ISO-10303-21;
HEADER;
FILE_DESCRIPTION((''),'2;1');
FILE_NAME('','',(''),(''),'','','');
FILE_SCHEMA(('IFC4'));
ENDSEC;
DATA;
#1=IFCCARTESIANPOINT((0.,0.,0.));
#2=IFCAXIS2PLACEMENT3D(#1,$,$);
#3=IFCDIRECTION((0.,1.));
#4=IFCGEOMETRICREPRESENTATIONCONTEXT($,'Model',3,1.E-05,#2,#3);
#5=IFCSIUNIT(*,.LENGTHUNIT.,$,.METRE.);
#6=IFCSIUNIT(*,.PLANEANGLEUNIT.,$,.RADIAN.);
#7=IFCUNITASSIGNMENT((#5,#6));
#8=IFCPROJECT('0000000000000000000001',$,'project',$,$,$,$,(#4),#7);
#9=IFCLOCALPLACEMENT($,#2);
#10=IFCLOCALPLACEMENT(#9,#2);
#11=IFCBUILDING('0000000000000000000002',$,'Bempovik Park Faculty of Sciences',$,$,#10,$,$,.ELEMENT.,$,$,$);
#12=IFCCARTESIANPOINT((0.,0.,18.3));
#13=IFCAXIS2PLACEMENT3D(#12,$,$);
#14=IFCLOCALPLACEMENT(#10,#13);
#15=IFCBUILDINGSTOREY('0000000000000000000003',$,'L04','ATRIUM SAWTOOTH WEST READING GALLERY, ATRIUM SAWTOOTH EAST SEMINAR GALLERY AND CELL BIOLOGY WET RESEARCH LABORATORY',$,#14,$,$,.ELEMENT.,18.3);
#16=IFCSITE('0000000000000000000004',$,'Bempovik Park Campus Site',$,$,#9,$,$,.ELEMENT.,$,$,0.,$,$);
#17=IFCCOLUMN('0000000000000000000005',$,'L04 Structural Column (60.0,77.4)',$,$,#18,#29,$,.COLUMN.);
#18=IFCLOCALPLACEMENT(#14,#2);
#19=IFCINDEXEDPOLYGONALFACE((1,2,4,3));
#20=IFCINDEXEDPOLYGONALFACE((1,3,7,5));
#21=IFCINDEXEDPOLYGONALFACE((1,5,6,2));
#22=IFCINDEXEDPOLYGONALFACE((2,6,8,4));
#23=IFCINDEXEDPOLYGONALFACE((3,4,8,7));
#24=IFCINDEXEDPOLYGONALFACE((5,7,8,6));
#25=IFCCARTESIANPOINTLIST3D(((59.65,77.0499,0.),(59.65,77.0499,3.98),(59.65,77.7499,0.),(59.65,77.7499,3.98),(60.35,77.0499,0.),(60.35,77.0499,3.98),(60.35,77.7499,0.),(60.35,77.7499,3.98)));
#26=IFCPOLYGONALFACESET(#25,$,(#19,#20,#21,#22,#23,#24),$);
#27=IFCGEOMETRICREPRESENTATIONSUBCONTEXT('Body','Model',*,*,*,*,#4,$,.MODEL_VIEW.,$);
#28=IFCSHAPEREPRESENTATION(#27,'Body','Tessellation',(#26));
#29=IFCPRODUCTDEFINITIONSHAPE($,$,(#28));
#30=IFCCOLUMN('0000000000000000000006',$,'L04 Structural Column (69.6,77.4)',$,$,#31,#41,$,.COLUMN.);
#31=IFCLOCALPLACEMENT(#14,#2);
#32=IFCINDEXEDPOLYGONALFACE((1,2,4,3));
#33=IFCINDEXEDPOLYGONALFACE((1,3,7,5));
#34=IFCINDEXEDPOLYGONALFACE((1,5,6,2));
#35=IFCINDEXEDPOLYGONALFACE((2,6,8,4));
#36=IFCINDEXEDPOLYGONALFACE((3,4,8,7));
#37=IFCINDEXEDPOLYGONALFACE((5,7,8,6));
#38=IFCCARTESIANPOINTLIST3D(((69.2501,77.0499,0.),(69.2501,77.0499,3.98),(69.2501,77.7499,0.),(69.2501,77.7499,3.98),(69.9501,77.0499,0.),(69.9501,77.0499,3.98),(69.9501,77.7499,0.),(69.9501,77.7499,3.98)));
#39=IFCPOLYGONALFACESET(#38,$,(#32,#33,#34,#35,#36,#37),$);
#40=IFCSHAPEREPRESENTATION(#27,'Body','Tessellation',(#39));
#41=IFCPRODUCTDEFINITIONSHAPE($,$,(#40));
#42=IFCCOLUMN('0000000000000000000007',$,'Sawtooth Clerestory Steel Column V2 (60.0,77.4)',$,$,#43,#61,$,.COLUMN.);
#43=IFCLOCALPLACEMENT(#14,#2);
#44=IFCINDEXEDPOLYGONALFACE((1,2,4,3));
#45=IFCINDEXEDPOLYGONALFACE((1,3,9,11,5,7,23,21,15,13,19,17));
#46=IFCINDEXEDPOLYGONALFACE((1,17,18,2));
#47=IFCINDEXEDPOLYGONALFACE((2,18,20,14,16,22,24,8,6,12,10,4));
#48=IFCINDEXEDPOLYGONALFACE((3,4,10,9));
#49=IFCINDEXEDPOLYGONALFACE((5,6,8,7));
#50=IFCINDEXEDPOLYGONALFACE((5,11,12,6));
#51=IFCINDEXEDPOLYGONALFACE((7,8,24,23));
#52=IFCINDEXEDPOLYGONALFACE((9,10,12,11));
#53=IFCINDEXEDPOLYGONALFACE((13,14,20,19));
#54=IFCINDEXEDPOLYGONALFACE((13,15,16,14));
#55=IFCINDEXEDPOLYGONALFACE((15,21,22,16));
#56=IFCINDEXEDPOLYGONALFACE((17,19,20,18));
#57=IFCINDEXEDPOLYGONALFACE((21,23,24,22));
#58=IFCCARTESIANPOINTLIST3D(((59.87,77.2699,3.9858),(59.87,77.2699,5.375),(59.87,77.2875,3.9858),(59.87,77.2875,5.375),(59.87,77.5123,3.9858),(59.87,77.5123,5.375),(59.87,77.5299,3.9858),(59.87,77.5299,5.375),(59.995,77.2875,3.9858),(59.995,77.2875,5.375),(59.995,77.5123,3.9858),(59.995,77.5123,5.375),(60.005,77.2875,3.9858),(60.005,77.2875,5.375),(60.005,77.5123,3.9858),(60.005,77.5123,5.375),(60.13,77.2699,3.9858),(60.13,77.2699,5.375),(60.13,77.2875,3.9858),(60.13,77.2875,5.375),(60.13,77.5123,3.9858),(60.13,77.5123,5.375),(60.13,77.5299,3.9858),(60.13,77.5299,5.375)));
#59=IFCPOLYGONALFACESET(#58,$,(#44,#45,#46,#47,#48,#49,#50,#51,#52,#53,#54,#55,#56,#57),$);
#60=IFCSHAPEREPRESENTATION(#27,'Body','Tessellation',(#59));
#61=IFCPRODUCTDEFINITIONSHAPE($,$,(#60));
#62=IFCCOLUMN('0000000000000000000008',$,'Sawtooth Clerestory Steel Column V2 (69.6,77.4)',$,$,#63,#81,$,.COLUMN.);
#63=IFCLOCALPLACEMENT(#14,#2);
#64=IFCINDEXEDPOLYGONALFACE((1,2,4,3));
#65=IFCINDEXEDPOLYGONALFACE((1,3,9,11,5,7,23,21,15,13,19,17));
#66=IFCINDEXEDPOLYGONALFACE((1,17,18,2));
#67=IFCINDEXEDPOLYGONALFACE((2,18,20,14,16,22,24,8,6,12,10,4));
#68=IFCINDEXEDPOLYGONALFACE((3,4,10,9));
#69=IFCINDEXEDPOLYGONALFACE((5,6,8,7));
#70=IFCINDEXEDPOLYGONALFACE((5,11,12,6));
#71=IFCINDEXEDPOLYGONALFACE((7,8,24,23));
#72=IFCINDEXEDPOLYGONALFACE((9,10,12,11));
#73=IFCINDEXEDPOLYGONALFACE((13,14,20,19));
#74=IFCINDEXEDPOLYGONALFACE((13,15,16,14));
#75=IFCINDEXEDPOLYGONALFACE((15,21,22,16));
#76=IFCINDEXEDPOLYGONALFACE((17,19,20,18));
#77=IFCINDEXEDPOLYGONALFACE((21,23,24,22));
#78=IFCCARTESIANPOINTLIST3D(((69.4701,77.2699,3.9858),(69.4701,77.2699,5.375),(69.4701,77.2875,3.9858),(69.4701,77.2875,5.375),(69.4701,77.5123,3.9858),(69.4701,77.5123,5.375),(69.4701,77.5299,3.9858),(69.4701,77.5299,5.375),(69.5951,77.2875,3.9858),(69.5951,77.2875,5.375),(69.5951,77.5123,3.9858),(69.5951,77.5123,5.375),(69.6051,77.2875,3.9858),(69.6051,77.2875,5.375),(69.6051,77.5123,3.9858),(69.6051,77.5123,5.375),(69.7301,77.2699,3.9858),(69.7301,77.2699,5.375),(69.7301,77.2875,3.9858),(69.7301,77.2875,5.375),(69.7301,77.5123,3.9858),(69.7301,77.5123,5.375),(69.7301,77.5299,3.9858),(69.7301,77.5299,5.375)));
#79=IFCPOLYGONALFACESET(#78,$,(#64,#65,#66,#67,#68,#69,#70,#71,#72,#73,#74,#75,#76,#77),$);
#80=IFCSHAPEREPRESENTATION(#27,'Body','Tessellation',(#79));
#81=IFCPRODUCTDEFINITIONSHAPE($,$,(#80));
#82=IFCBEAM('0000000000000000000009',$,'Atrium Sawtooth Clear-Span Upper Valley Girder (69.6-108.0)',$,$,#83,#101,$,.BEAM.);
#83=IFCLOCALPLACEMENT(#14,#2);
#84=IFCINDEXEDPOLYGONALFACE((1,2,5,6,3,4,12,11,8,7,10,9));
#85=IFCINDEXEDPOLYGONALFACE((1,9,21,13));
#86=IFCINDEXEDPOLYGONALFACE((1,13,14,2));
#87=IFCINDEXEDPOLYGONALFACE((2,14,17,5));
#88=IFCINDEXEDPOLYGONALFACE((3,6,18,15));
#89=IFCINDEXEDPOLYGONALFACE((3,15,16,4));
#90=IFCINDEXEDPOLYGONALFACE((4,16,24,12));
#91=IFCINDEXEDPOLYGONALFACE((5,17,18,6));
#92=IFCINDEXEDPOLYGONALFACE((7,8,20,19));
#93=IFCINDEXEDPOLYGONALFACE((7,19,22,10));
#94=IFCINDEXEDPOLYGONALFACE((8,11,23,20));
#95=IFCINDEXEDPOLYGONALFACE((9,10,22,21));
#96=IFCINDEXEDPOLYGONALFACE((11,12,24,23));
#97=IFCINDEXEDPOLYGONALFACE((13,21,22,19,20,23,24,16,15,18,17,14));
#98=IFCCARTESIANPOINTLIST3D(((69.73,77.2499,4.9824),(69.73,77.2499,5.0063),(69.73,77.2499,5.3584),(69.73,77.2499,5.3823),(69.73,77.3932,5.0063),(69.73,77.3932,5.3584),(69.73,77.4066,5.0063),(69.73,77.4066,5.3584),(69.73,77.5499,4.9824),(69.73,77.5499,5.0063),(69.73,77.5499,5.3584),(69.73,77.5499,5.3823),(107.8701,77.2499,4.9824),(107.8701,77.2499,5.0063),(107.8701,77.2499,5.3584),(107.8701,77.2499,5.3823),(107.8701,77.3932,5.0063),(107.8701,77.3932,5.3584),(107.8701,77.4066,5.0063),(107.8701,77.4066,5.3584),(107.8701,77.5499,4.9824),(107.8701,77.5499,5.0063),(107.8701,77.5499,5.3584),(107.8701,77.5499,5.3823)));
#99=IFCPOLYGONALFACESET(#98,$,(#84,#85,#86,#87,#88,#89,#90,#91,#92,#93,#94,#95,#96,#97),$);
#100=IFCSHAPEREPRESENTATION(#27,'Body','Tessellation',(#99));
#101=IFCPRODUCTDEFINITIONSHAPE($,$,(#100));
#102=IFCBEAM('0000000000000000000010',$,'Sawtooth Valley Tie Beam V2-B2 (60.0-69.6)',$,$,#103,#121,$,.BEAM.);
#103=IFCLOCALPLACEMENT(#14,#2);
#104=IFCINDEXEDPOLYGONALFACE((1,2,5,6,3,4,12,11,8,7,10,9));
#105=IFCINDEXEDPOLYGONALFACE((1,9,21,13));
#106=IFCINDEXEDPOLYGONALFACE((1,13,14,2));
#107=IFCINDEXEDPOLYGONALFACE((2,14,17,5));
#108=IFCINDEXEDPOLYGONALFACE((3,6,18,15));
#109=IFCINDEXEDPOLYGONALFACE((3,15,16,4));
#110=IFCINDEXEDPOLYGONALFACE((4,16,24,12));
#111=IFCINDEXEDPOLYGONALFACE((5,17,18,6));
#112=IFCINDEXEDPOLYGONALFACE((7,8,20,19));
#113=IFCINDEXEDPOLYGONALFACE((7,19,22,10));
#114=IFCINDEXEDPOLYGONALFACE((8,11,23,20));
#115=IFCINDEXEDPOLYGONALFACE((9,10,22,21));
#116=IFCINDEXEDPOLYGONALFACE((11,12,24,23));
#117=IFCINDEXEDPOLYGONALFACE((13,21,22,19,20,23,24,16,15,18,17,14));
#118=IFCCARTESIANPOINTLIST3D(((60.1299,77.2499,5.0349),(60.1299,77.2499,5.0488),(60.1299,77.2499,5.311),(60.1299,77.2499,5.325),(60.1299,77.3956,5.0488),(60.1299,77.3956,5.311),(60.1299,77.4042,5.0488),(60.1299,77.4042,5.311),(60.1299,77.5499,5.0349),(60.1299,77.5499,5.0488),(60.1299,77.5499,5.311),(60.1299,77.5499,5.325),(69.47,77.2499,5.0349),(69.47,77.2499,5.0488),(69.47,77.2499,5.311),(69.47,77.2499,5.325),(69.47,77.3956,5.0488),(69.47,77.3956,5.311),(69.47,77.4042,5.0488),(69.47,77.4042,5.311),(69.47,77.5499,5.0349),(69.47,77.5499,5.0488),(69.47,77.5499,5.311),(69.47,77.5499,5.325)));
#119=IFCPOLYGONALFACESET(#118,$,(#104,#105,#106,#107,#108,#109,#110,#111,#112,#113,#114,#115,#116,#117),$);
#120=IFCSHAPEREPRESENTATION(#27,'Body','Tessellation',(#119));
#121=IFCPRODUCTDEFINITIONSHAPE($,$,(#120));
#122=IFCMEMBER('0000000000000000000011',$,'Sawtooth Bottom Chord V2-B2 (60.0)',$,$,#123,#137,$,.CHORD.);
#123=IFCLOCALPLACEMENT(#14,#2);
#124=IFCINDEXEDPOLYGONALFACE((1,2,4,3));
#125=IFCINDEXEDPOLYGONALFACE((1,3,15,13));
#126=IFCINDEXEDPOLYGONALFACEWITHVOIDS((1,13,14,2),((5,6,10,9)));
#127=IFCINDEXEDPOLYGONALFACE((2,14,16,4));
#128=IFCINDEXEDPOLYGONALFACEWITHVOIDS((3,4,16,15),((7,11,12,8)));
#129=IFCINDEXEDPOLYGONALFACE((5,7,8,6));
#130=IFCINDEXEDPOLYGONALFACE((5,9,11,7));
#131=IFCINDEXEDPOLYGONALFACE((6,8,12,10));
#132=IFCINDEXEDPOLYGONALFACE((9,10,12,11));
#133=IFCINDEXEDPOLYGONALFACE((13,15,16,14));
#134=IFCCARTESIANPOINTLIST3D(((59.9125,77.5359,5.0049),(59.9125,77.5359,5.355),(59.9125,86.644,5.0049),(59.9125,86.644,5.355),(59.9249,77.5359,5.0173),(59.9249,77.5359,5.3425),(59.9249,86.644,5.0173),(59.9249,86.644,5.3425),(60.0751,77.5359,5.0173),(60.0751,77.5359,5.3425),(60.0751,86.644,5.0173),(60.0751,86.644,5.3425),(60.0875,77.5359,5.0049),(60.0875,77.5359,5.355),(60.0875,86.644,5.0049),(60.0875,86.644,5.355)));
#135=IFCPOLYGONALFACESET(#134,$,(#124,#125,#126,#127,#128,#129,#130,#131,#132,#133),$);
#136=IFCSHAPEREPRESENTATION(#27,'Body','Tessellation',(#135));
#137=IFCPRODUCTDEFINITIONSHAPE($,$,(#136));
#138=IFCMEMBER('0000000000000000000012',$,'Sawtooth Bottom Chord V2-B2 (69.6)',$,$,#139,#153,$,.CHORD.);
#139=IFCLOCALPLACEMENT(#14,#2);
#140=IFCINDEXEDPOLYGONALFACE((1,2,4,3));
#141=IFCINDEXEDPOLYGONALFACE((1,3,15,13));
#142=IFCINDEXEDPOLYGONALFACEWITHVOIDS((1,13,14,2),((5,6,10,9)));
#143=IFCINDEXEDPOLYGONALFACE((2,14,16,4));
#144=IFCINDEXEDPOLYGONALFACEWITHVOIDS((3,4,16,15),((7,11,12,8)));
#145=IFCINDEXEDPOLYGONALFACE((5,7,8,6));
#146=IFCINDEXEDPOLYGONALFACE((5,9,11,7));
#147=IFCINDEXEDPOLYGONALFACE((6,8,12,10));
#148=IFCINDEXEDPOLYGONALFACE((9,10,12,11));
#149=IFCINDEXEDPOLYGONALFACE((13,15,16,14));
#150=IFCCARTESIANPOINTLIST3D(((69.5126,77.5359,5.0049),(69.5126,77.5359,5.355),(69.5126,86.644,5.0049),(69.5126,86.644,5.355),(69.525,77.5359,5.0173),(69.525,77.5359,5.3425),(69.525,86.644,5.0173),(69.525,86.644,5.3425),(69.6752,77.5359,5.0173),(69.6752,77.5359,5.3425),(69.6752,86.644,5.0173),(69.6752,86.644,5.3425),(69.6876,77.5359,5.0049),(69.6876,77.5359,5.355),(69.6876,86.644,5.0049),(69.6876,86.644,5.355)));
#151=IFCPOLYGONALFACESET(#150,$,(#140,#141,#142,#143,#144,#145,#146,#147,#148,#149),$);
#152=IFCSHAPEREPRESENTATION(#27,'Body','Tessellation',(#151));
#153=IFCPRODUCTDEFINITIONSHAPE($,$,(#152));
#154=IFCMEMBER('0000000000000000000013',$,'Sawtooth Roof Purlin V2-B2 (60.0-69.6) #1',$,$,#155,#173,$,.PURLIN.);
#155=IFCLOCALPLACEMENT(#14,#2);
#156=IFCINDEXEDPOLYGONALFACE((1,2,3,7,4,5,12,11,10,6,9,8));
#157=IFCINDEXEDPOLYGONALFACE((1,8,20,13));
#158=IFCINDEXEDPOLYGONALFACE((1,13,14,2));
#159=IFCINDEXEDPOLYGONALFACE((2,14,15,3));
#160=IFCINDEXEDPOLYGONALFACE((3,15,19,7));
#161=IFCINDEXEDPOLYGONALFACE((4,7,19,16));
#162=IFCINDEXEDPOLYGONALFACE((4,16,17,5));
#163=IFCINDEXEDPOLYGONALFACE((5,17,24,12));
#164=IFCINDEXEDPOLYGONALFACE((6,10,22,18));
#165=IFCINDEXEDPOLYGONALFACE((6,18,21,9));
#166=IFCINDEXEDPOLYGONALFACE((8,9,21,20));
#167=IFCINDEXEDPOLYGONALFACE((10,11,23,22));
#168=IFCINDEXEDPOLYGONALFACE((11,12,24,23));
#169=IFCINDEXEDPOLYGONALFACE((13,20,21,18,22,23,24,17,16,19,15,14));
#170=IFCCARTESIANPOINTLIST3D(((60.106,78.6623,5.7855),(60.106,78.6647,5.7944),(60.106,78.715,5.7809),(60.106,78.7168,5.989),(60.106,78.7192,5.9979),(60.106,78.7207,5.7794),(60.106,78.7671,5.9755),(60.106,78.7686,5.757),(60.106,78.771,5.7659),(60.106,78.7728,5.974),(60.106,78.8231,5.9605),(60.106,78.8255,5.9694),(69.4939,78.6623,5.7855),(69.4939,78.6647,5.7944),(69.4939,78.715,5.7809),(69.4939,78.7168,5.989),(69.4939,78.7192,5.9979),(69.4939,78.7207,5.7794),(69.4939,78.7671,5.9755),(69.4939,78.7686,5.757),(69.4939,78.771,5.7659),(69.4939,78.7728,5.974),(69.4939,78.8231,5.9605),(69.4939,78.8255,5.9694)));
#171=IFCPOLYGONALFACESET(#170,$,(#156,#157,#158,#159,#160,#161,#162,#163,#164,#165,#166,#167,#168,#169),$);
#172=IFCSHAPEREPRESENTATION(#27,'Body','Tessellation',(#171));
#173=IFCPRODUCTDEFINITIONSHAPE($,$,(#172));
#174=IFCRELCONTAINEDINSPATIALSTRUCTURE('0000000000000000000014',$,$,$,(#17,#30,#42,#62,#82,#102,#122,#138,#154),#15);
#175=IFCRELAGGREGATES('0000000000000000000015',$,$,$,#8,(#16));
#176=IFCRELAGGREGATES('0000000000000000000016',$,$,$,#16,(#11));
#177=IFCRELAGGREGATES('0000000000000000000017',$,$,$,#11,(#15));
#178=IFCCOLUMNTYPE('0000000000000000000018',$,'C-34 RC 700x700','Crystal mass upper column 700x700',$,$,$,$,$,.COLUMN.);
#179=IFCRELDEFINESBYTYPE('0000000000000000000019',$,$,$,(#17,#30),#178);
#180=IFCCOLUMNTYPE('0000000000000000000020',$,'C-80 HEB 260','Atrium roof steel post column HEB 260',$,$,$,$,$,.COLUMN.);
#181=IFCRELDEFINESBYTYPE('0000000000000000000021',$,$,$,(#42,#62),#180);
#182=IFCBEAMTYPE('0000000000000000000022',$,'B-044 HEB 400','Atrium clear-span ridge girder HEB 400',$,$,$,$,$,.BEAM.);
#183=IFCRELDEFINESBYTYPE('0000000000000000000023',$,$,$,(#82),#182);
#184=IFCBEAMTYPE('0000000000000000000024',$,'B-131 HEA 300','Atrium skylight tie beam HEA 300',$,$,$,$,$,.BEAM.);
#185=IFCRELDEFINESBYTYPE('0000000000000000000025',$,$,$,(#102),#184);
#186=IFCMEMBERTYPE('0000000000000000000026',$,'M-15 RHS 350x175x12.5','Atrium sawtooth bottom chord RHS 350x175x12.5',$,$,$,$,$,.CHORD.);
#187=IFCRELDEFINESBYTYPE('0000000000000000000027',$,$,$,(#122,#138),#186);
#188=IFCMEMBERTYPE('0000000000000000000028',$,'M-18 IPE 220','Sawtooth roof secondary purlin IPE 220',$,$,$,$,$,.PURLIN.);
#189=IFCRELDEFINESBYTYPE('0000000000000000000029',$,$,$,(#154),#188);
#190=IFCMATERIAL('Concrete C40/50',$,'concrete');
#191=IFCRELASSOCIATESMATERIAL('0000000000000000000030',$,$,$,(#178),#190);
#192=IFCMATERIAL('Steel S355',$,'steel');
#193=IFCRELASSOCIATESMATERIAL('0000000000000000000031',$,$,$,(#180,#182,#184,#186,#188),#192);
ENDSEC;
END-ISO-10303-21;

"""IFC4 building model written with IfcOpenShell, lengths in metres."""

from ifc_helpers import new_model, si_unit, direction, frame, origin, origin_2d, place, context, subcontext, project, spatial, rectangle, hollow_rectangle, i_section, extrude, material, material_profile, profile_set, type_object, element, save


model = new_model("IFC4")

# Units and contexts
model_context = context("Model", 3, precision=1e-05, world=origin(), true_north=direction((0.0, 1.0)))
body_context = subcontext(model_context, "Body", "Model", "MODEL_VIEW")
ifc_project = project(units=[si_unit("LENGTHUNIT", "METRE"), si_unit("PLANEANGLEUNIT", "RADIAN")], contexts=[model_context])

# Site, building, storey
site_placement = place(None, origin())
site = spatial("IfcSite", under=ifc_project, at=site_placement, Name="Bempovik Park Campus Site", CompositionType="ELEMENT", RefElevation=0.0)
building_placement = place(site_placement, origin())
building = spatial("IfcBuilding", under=site, at=building_placement, Name="Bempovik Park Faculty of Sciences", CompositionType="ELEMENT")
storey_placement = place(building_placement, frame((0.0, 0.0, 18.3)))
storey = spatial("IfcBuildingStorey", under=building, at=storey_placement, Name="L04", Description="ATRIUM SAWTOOTH WEST READING GALLERY, ATRIUM SAWTOOTH EAST SEMINAR GALLERY AND CELL BIOLOGY WET RESEARCH LABORATORY", CompositionType="ELEMENT", Elevation=18.3)

# Columns
ifc_material_1 = material(Name="Concrete C40/50", Category="concrete")
ifc_material_profile_1 = material_profile(ifc_material_1, rectangle(XDim=0.7, YDim=0.7, at=origin_2d()), Name="RC 700x700")
ifc_profile_set_1 = profile_set([ifc_material_profile_1], Name="Concrete C40/50")
column_type_1 = type_object("IfcColumnType", Name="C-34 RC 700x700", Description="Crystal mass upper column 700x700", PredefinedType="COLUMN", material=ifc_profile_set_1)
for number, where, z_axis, x_axis, name in (
    (1, (60.0, 77.3999, 0.0), (0.0, 0.0, 1.0), (1.0, 0.0, 0.0), "L04 Structural Column (60.0,77.4)"),
    (2, (69.6001, 77.3999, 0.0), (0.0, 0.0, 1.0), (1.0, 0.0, 0.0), "L04 Structural Column (69.6,77.4)"),
):
    element("IfcColumn", number, at=place(storey_placement, frame(where, z_axis=z_axis, x_axis=x_axis)), inside=storey, type_object=column_type_1, Name=name, PredefinedType="COLUMN", context=body_context, shape_type="SweptSolid", body=[
        extrude(rectangle(XDim=0.7, YDim=0.7, at=origin_2d()), origin(), (0.0, 0.0, 1.0), 3.98),
    ])
ifc_material_2 = material(Name="Steel S355", Category="steel")
ifc_material_profile_2 = material_profile(ifc_material_2, i_section(OverallWidth=0.26, OverallDepth=0.26, WebThickness=0.01, FlangeThickness=0.0176, at=origin_2d()), Name="HEB 260")
ifc_profile_set_2 = profile_set([ifc_material_profile_2], Name="Steel S355")
column_type_2 = type_object("IfcColumnType", Name="C-80 HEB 260", Description="Atrium roof steel post column HEB 260", PredefinedType="COLUMN", material=ifc_profile_set_2)
for number, where, z_axis, x_axis, name in (
    (3, (60.0, 77.3999, 3.9858), (0.0, 0.0, 1.0), (1.0, 0.0, 0.0), "Sawtooth Clerestory Steel Column V2 (60.0,77.4)"),
    (4, (69.6001, 77.3999, 3.9858), (0.0, 0.0, 1.0), (1.0, 0.0, 0.0), "Sawtooth Clerestory Steel Column V2 (69.6,77.4)"),
):
    element("IfcColumn", number, at=place(storey_placement, frame(where, z_axis=z_axis, x_axis=x_axis)), inside=storey, type_object=column_type_2, Name=name, PredefinedType="COLUMN", context=body_context, shape_type="SweptSolid", body=[
        extrude(i_section(OverallWidth=0.26, OverallDepth=0.26, WebThickness=0.01, FlangeThickness=0.0176, at=origin_2d()), origin(), (0.0, 0.0, 1.0), 1.3892),
    ])

# Beams
ifc_material_profile_3 = material_profile(ifc_material_2, i_section(OverallWidth=0.3, OverallDepth=0.3999, WebThickness=0.0134, FlangeThickness=0.0239, at=origin_2d()), Name="HEB 400")
ifc_profile_set_3 = profile_set([ifc_material_profile_3], Name="Steel S355")
beam_type_1 = type_object("IfcBeamType", Name="B-044 HEB 400", Description="Atrium clear-span ridge girder HEB 400", PredefinedType="BEAM", material=ifc_profile_set_3)
beam_1_placement = place(storey_placement, frame((69.73, 77.3999, 5.1824), z_axis=(1.0, 0.0, 0.0), x_axis=(0.0, 1.0, 0.0)))
element("IfcBeam", 5, at=beam_1_placement, inside=storey, type_object=beam_type_1, Name="Atrium Sawtooth Clear-Span Upper Valley Girder (69.6-108.0)", PredefinedType="BEAM", context=body_context, shape_type="SweptSolid", body=[
    extrude(i_section(OverallWidth=0.3, OverallDepth=0.3999, WebThickness=0.0134, FlangeThickness=0.0239, at=origin_2d()), origin(), (0.0, 0.0, 1.0), 38.1401),
])
ifc_material_profile_4 = material_profile(ifc_material_2, i_section(OverallWidth=0.3, OverallDepth=0.29, WebThickness=0.0085, FlangeThickness=0.0139, at=origin_2d()), Name="HEA 300")
ifc_profile_set_4 = profile_set([ifc_material_profile_4], Name="Steel S355")
beam_type_2 = type_object("IfcBeamType", Name="B-131 HEA 300", Description="Atrium skylight tie beam HEA 300", PredefinedType="BEAM", material=ifc_profile_set_4)
beam_2_placement = place(storey_placement, frame((60.1299, 77.3999, 5.1799), z_axis=(1.0, 0.0, 0.0), x_axis=(0.0, 1.0, 0.0)))
element("IfcBeam", 6, at=beam_2_placement, inside=storey, type_object=beam_type_2, Name="Sawtooth Valley Tie Beam V2-B2 (60.0-69.6)", PredefinedType="BEAM", context=body_context, shape_type="SweptSolid", body=[
    extrude(i_section(OverallWidth=0.3, OverallDepth=0.29, WebThickness=0.0085, FlangeThickness=0.0139, at=origin_2d()), origin(), (0.0, 0.0, 1.0), 9.3401),
])

# Members
ifc_material_profile_5 = material_profile(ifc_material_2, hollow_rectangle(XDim=0.175, YDim=0.3501, WallThickness=0.0125, at=origin_2d()), Name="RHS 350x175x12.5")
ifc_profile_set_5 = profile_set([ifc_material_profile_5], Name="Steel S355")
member_type_1 = type_object("IfcMemberType", Name="M-15 RHS 350x175x12.5", Description="Atrium sawtooth bottom chord RHS 350x175x12.5", PredefinedType="CHORD", material=ifc_profile_set_5)
for number, where, z_axis, x_axis, name in (
    (7, (60.0, 77.5359, 5.1799), (0.0, 1.0, 0.0), (-1.0, 0.0, 0.0), "Sawtooth Bottom Chord V2-B2 (60.0)"),
    (8, (69.6001, 77.5359, 5.1799), (0.0, 1.0, 0.0), (-1.0, 0.0, 0.0), "Sawtooth Bottom Chord V2-B2 (69.6)"),
):
    element("IfcMember", number, at=place(storey_placement, frame(where, z_axis=z_axis, x_axis=x_axis)), inside=storey, type_object=member_type_1, Name=name, PredefinedType="CHORD", context=body_context, shape_type="SweptSolid", body=[
        extrude(hollow_rectangle(XDim=0.175, YDim=0.3501, WallThickness=0.0125, at=origin_2d()), origin(), (0.0, 0.0, 1.0), 9.1082),
    ])
ifc_material_profile_6 = material_profile(ifc_material_2, i_section(OverallWidth=0.1101, OverallDepth=0.22, WebThickness=0.0059, FlangeThickness=0.0093, at=origin_2d()), Name="IPE 220")
ifc_profile_set_6 = profile_set([ifc_material_profile_6], Name="Steel S355")
member_type_2 = type_object("IfcMemberType", Name="M-18 IPE 220", Description="Sawtooth roof secondary purlin IPE 220", PredefinedType="PURLIN", material=ifc_profile_set_6)
member_1_placement = place(storey_placement, frame((60.106, 78.7439, 5.8774), z_axis=(1.0, 0.0, 0.0), x_axis=(0.0, 0.965926, -0.258819)))
element("IfcMember", 9, at=member_1_placement, inside=storey, type_object=member_type_2, Name="Sawtooth Roof Purlin V2-B2 (60.0-69.6) #1", PredefinedType="PURLIN", context=body_context, shape_type="SweptSolid", body=[
    extrude(i_section(OverallWidth=0.1101, OverallDepth=0.22, WebThickness=0.0059, FlangeThickness=0.0093, at=origin_2d()), origin(), (0.0, 0.0, 1.0), 9.3879),
])

save(model, "model.ifc")
